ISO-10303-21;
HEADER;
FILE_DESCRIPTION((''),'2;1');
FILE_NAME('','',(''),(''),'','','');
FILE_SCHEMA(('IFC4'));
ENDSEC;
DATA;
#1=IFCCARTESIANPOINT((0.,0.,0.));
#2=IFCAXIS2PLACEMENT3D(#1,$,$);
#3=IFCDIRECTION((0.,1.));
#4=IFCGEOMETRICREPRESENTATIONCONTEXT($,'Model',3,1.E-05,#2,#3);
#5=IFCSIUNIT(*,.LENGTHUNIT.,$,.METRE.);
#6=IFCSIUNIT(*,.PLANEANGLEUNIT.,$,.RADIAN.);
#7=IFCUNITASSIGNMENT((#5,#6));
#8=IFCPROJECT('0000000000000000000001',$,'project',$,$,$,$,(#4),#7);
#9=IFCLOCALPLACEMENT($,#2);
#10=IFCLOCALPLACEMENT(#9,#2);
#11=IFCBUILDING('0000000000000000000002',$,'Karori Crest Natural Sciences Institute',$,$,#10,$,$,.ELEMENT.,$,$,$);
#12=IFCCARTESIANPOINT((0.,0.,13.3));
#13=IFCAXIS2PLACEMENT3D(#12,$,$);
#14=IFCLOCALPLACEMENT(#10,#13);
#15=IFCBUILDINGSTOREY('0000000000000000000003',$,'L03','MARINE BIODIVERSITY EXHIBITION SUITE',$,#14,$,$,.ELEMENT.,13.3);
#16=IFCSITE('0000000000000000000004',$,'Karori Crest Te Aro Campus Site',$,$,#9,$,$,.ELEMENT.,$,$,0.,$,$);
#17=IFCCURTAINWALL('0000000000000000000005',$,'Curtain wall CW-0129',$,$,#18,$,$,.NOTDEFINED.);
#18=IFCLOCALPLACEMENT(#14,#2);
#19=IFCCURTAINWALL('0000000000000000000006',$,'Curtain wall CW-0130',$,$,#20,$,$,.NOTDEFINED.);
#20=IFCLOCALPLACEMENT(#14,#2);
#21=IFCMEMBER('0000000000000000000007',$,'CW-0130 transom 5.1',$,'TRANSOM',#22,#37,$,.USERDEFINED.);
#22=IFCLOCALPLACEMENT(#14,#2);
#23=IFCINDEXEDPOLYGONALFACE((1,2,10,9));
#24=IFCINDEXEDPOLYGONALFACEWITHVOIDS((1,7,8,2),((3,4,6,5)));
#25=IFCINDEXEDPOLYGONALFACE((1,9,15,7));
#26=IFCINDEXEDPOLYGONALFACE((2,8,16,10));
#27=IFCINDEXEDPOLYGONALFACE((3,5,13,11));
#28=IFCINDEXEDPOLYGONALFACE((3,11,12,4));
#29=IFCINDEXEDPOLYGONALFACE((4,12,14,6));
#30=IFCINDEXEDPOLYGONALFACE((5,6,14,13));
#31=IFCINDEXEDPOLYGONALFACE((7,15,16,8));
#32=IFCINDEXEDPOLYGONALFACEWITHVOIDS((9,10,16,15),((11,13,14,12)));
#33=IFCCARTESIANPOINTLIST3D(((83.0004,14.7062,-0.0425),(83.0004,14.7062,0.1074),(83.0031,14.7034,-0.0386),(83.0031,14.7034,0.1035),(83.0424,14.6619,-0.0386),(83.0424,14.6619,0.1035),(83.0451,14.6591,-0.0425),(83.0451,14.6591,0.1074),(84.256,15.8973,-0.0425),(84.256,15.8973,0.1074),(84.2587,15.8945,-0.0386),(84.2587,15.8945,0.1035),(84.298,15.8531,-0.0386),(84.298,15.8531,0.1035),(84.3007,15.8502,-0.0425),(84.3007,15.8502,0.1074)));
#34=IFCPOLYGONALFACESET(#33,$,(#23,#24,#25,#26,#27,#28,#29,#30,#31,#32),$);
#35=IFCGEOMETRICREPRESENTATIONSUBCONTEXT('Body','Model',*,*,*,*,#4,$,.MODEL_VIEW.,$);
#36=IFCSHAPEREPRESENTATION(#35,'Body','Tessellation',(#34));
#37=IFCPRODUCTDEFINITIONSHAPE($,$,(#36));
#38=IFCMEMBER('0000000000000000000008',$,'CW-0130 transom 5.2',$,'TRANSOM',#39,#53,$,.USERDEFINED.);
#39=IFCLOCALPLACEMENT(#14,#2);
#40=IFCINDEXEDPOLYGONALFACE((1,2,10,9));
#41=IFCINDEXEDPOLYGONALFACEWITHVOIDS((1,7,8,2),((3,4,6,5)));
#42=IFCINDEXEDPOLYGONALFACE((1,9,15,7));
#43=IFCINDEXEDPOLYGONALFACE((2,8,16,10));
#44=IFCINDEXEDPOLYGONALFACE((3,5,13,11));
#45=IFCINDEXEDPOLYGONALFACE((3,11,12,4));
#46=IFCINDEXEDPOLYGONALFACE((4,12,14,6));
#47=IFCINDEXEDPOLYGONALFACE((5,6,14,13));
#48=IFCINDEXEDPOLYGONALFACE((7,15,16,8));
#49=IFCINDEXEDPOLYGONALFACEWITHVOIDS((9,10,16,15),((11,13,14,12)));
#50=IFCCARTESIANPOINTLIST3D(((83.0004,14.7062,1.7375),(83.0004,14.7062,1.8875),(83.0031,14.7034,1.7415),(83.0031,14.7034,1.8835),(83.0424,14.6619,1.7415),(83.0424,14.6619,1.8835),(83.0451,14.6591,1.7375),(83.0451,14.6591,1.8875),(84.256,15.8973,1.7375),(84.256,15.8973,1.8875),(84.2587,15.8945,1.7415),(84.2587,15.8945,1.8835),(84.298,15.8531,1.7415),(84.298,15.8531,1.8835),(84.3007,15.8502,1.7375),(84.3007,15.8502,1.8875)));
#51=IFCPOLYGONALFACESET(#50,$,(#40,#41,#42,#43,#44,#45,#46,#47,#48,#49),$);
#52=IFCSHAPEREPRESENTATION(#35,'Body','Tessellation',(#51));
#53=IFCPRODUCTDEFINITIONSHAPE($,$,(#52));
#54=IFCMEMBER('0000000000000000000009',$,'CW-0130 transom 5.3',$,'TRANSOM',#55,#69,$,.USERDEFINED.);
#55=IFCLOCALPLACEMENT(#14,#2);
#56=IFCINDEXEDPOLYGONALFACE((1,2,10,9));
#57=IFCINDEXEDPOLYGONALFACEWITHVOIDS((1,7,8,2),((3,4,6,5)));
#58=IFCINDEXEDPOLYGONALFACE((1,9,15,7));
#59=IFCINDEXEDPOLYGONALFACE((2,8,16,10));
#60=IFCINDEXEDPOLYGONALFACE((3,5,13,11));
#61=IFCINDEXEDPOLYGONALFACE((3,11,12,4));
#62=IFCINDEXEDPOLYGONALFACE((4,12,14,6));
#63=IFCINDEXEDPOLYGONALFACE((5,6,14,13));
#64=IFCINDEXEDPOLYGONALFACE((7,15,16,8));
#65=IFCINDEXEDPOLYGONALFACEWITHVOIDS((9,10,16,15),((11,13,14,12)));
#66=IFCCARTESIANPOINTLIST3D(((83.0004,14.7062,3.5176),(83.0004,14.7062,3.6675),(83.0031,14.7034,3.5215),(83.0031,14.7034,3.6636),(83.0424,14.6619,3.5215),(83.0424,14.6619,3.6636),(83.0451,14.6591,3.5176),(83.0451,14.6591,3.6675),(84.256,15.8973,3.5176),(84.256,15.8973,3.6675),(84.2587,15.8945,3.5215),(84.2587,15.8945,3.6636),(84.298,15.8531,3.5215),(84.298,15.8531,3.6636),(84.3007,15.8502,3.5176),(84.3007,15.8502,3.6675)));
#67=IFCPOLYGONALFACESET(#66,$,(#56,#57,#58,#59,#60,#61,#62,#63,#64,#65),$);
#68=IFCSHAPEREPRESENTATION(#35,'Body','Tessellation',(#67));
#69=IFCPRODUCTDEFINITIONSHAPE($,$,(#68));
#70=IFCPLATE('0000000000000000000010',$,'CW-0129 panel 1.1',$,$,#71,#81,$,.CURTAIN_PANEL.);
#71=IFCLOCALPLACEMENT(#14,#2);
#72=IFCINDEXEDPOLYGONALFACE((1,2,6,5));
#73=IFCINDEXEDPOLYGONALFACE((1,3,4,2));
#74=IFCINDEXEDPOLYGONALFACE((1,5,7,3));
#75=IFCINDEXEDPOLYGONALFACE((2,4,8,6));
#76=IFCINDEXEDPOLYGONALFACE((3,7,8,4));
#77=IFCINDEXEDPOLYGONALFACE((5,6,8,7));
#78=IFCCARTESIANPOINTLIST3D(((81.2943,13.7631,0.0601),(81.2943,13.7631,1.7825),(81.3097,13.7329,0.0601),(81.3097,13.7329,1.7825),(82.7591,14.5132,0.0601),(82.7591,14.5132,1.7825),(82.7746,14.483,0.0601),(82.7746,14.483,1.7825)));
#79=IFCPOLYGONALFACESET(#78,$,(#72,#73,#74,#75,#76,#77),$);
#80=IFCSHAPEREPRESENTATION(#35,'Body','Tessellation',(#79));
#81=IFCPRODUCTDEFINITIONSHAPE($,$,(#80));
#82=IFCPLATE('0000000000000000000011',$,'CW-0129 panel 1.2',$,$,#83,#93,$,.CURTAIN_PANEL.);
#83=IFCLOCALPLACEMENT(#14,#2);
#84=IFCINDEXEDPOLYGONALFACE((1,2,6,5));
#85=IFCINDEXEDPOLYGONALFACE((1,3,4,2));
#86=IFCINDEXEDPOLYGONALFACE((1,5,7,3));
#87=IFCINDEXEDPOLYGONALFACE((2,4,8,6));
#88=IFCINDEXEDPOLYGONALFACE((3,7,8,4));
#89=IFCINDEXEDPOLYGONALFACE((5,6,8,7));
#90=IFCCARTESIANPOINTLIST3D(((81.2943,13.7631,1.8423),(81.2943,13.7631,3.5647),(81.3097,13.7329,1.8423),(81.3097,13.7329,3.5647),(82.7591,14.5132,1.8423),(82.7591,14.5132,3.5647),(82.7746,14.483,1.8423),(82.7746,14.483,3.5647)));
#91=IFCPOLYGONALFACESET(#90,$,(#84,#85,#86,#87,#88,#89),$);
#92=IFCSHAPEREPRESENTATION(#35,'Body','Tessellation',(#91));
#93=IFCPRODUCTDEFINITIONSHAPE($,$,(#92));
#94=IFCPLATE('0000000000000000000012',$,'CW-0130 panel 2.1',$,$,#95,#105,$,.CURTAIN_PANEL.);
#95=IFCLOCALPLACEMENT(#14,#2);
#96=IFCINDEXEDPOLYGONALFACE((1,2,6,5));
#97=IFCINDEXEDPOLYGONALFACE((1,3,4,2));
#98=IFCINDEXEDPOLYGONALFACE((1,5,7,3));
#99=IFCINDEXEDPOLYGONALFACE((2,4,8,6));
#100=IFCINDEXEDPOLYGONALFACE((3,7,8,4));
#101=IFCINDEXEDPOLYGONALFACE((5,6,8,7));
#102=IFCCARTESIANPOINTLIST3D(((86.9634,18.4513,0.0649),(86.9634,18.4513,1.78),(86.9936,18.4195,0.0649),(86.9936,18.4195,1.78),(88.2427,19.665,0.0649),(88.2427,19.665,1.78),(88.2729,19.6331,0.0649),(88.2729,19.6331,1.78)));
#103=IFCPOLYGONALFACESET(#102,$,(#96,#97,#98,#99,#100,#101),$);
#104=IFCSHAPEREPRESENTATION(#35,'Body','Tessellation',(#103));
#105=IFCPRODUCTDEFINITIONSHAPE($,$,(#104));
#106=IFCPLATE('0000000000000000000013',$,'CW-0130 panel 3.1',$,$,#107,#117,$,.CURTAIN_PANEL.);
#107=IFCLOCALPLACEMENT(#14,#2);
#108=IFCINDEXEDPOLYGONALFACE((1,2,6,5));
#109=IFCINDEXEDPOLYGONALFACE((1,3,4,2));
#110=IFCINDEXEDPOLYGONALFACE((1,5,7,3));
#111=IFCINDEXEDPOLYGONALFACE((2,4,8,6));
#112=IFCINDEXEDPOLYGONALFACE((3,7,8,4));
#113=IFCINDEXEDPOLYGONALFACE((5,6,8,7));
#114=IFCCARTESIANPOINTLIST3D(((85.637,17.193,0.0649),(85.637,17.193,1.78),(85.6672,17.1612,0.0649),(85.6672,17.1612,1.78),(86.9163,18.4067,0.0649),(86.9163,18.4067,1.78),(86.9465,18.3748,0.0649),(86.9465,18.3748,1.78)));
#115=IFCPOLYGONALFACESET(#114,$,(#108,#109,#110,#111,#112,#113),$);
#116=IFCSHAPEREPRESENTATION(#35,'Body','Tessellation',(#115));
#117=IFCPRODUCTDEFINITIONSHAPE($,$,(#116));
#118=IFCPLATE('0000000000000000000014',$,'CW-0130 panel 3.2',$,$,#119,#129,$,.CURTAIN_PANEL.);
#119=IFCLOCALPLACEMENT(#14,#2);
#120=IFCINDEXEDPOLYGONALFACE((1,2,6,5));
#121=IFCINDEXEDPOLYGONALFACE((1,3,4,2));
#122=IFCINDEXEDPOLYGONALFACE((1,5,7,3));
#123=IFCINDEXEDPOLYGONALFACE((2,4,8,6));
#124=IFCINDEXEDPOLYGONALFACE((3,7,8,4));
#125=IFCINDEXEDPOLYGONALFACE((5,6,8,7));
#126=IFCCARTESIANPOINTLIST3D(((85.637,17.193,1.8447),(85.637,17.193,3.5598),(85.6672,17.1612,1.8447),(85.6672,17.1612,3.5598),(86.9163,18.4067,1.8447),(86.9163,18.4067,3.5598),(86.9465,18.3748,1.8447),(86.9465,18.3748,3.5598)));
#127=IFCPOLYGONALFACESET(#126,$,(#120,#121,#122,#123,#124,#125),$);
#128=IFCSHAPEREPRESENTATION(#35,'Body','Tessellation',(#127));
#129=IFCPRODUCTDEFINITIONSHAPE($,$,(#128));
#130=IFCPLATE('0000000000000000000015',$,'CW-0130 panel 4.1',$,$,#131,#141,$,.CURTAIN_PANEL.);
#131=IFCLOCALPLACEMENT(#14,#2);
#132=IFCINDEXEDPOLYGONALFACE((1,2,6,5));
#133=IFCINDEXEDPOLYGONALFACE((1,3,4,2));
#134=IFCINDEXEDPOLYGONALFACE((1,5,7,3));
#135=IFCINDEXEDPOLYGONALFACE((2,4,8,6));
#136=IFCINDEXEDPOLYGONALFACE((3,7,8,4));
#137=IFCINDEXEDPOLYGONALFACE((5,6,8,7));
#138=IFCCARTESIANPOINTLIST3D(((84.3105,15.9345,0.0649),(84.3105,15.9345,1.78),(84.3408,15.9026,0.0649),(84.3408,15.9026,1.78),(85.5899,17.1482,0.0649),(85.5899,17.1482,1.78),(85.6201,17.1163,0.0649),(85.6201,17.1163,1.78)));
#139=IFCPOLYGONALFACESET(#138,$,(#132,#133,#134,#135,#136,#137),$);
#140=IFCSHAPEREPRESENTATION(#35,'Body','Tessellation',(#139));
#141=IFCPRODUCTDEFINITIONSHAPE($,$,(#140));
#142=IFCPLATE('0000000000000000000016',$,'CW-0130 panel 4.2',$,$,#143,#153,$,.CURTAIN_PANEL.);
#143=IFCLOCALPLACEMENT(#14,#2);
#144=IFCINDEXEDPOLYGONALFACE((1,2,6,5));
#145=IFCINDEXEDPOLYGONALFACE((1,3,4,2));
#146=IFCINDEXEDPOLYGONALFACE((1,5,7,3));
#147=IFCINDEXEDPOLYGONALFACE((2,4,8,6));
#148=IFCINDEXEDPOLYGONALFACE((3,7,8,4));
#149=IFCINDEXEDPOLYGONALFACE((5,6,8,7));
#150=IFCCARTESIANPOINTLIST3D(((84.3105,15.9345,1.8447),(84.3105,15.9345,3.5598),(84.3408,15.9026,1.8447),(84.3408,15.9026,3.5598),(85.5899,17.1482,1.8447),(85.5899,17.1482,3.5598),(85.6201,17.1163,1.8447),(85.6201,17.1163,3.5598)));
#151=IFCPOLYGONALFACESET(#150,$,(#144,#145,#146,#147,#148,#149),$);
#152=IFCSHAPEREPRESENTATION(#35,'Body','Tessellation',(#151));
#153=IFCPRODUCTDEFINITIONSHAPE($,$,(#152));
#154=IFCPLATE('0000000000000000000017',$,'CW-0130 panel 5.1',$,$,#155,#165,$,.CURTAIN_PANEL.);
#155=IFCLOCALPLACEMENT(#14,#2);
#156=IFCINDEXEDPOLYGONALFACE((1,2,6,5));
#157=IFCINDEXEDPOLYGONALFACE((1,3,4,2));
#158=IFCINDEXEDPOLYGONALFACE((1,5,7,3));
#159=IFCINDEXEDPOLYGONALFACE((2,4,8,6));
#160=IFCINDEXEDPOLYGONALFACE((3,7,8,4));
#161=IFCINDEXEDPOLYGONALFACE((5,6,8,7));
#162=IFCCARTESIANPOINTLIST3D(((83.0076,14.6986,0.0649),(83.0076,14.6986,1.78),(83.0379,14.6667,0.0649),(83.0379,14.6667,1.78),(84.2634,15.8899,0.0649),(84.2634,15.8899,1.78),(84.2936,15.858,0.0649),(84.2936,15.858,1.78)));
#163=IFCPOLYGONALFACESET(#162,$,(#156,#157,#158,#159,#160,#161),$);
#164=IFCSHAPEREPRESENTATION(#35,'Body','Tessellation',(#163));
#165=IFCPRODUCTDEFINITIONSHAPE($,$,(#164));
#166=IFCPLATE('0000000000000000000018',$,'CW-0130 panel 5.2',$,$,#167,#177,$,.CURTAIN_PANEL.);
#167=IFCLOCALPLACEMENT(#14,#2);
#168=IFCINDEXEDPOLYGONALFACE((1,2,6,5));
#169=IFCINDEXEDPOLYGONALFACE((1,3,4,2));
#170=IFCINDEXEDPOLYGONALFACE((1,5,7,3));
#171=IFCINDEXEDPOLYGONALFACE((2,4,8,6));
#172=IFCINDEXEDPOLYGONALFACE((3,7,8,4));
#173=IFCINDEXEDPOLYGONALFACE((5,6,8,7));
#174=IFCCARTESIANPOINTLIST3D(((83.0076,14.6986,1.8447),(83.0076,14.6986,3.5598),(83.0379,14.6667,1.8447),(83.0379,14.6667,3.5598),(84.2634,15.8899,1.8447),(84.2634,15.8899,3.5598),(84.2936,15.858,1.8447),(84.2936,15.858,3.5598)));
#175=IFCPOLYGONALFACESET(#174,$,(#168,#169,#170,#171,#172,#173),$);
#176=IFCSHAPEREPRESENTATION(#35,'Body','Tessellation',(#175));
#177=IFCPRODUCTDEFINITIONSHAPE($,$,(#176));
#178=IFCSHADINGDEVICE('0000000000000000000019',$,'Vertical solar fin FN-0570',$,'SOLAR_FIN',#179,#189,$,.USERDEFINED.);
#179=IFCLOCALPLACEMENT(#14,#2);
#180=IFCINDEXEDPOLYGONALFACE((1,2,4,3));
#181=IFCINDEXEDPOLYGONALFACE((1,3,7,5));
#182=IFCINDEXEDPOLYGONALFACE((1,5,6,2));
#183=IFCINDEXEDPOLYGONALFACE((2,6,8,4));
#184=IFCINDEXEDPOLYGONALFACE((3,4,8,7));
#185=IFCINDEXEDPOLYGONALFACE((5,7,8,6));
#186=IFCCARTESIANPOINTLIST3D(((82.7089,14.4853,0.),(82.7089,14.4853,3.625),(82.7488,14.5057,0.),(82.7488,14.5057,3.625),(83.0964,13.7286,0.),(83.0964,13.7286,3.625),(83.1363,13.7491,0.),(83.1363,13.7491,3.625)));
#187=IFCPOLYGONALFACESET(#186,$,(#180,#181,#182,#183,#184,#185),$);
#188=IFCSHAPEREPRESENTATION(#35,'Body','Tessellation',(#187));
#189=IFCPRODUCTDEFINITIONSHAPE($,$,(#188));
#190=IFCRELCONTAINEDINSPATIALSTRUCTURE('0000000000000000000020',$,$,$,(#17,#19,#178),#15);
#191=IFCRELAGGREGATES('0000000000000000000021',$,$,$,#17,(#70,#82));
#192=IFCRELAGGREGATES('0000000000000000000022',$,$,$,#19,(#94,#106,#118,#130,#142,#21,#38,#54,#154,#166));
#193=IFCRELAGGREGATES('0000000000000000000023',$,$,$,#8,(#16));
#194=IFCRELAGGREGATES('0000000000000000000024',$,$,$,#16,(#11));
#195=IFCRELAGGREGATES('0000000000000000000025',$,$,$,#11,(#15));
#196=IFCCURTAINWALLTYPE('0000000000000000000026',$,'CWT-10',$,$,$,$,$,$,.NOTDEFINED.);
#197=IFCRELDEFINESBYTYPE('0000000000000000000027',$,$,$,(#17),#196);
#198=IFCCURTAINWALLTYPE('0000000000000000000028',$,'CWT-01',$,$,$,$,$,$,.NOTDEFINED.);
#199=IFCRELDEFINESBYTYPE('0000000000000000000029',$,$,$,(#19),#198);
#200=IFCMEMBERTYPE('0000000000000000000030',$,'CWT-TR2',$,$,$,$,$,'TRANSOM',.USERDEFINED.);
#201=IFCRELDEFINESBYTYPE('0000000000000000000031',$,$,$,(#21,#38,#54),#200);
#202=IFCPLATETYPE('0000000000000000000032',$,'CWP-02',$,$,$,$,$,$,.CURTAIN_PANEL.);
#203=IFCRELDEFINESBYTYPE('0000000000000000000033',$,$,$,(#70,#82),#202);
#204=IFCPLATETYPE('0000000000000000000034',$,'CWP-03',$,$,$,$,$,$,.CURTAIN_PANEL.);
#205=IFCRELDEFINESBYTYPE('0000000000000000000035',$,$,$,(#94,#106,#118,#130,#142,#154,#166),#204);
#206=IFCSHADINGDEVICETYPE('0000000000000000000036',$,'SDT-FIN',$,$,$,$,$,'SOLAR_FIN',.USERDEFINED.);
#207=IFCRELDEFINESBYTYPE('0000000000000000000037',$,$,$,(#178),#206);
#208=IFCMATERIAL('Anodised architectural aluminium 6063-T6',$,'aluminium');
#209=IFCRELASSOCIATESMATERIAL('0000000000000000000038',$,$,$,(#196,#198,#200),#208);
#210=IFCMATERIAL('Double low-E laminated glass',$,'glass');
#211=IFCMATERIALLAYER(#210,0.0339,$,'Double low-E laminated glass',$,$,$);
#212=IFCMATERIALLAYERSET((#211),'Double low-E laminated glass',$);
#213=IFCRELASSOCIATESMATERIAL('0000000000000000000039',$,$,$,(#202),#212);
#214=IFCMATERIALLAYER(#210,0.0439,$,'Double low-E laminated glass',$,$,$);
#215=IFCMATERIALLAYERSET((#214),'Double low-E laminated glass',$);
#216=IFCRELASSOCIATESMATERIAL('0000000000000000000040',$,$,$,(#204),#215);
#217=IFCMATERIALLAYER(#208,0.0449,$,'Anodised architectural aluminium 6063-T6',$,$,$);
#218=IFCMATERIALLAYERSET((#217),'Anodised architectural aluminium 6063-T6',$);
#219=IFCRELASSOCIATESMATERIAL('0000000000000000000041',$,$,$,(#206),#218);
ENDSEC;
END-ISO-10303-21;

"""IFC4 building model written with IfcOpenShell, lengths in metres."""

from ifc_helpers import new_model, si_unit, direction, frame, origin, origin_2d, place, context, subcontext, project, spatial, rectangle, hollow_rectangle, extrude, material, layer, layer_set, material_profile, profile_set, type_object, element, aggregate, save


model = new_model("IFC4")

# Units and contexts
model_context = context("Model", 3, precision=1e-05, world=origin(), true_north=direction((0.0, 1.0)))
body_context = subcontext(model_context, "Body", "Model", "MODEL_VIEW")
ifc_project = project(units=[si_unit("LENGTHUNIT", "METRE"), si_unit("PLANEANGLEUNIT", "RADIAN")], contexts=[model_context])

# Site, building, storey
site_placement = place(None, origin())
site = spatial("IfcSite", under=ifc_project, at=site_placement, Name="Karori Crest Te Aro Campus Site", CompositionType="ELEMENT", RefElevation=0.0)
building_placement = place(site_placement, origin())
building = spatial("IfcBuilding", under=site, at=building_placement, Name="Karori Crest Natural Sciences Institute", CompositionType="ELEMENT")
storey_placement = place(building_placement, frame((0.0, 0.0, 13.3)))
storey = spatial("IfcBuildingStorey", under=building, at=storey_placement, Name="L03", Description="MARINE BIODIVERSITY EXHIBITION SUITE", CompositionType="ELEMENT", Elevation=13.3)

# Curtain walls
ifc_material_1 = material(Name="Anodised architectural aluminium 6063-T6", Category="aluminium")
curtain_wall_type_1 = type_object("IfcCurtainWallType", Name="CWT-10", PredefinedType="NOTDEFINED", material=ifc_material_1)
curtain_wall_1_placement = place(storey_placement, origin())
curtain_wall_1 = element("IfcCurtainWall", 1, at=curtain_wall_1_placement, inside=storey, type_object=curtain_wall_type_1, Name="Curtain wall CW-0129", PredefinedType="NOTDEFINED")
curtain_wall_type_2 = type_object("IfcCurtainWallType", Name="CWT-01", PredefinedType="NOTDEFINED", material=ifc_material_1)
curtain_wall_2_placement = place(storey_placement, origin())
curtain_wall_2 = element("IfcCurtainWall", 2, at=curtain_wall_2_placement, inside=storey, type_object=curtain_wall_type_2, Name="Curtain wall CW-0130", PredefinedType="NOTDEFINED")

# Members
ifc_material_profile_1 = material_profile(ifc_material_1, hollow_rectangle(XDim=0.0649, YDim=0.1499, WallThickness=0.0039, at=origin_2d()), Name="CWT150x65x4")
ifc_profile_set_1 = profile_set([ifc_material_profile_1], Name="Anodised architectural aluminium 6063-T6")
member_type_1 = type_object("IfcMemberType", Name="CWT-TR2", ElementType="TRANSOM", PredefinedType="USERDEFINED", material=ifc_profile_set_1)
member_1_placement = place(storey_placement, frame((84.2783, 15.8738, 0.0325), z_axis=(-0.725482, -0.688241, 0.0), x_axis=(0.688241, -0.725482, 0.0)))
member_1 = element("IfcMember", 3, at=member_1_placement, type_object=member_type_1, Name="CW-0130 transom 5.1", ObjectType="TRANSOM", PredefinedType="USERDEFINED", context=body_context, shape_type="SweptSolid", body=[
    extrude(hollow_rectangle(XDim=0.0649, YDim=0.1499, WallThickness=0.0039, at=origin_2d()), origin(), (0.0, 0.0, 1.0), 1.7307),
])
member_2_placement = place(storey_placement, frame((84.2783, 15.8738, 1.8125), z_axis=(-0.725482, -0.688241, 0.0), x_axis=(0.688241, -0.725482, 0.0)))
member_2 = element("IfcMember", 4, at=member_2_placement, type_object=member_type_1, Name="CW-0130 transom 5.2", ObjectType="TRANSOM", PredefinedType="USERDEFINED", context=body_context, shape_type="SweptSolid", body=[
    extrude(hollow_rectangle(XDim=0.0649, YDim=0.1499, WallThickness=0.0039, at=origin_2d()), origin(), (0.0, 0.0, 1.0), 1.7307),
])
member_3_placement = place(storey_placement, frame((84.2783, 15.8738, 3.5925), z_axis=(-0.725482, -0.688241, 0.0), x_axis=(0.688241, -0.725482, 0.0)))
member_3 = element("IfcMember", 5, at=member_3_placement, type_object=member_type_1, Name="CW-0130 transom 5.3", ObjectType="TRANSOM", PredefinedType="USERDEFINED", context=body_context, shape_type="SweptSolid", body=[
    extrude(hollow_rectangle(XDim=0.0649, YDim=0.1499, WallThickness=0.0039, at=origin_2d()), origin(), (0.0, 0.0, 1.0), 1.7307),
])

# Plates
ifc_material_2 = material(Name="Double low-E laminated glass", Category="glass")
ifc_layer_1 = layer(ifc_material_2, 0.0339, Name="Double low-E laminated glass")
ifc_layer_set_1 = layer_set([ifc_layer_1], Name="Double low-E laminated glass")
plate_type_1 = type_object("IfcPlateType", Name="CWP-02", PredefinedType="CURTAIN_PANEL", material=ifc_layer_set_1)
plate_1_placement = place(storey_placement, frame((82.0344, 14.123, 0.0601), z_axis=(0.0, 0.0, 1.0), x_axis=(-0.890067, -0.455829, 0.0)))
plate_1 = element("IfcPlate", 6, at=plate_1_placement, type_object=plate_type_1, Name="CW-0129 panel 1.1", PredefinedType="CURTAIN_PANEL", context=body_context, shape_type="SweptSolid", body=[
    extrude(rectangle(XDim=1.6458, YDim=0.0339, at=origin_2d()), origin(), (0.0, 0.0, 1.0), 1.7224),
])
plate_2_placement = place(storey_placement, frame((82.0344, 14.123, 1.8423), z_axis=(0.0, 0.0, 1.0), x_axis=(-0.890067, -0.455829, 0.0)))
plate_2 = element("IfcPlate", 7, at=plate_2_placement, type_object=plate_type_1, Name="CW-0129 panel 1.2", PredefinedType="CURTAIN_PANEL", context=body_context, shape_type="SweptSolid", body=[
    extrude(rectangle(XDim=1.6458, YDim=0.0339, at=origin_2d()), origin(), (0.0, 0.0, 1.0), 1.7224),
])
aggregate(curtain_wall_1, [plate_1, plate_2])
ifc_layer_2 = layer(ifc_material_2, 0.0439, Name="Double low-E laminated glass")
ifc_layer_set_2 = layer_set([ifc_layer_2], Name="Double low-E laminated glass")
plate_type_2 = type_object("IfcPlateType", Name="CWP-03", PredefinedType="CURTAIN_PANEL", material=ifc_layer_set_2)
plate_3_placement = place(storey_placement, frame((87.6182, 19.0422, 0.0649), z_axis=(0.0, 0.0, 1.0), x_axis=(-0.725473, -0.688251, 0.0)))
plate_3 = element("IfcPlate", 8, at=plate_3_placement, type_object=plate_type_2, Name="CW-0130 panel 2.1", PredefinedType="CURTAIN_PANEL", context=body_context, shape_type="SweptSolid", body=[
    extrude(rectangle(XDim=1.7634, YDim=0.0439, at=origin_2d()), origin(), (0.0, 0.0, 1.0), 1.7151),
])
plate_4_placement = place(storey_placement, frame((86.2917, 17.7839, 0.0649), z_axis=(0.0, 0.0, 1.0), x_axis=(-0.725473, -0.688251, 0.0)))
plate_4 = element("IfcPlate", 9, at=plate_4_placement, type_object=plate_type_2, Name="CW-0130 panel 3.1", PredefinedType="CURTAIN_PANEL", context=body_context, shape_type="SweptSolid", body=[
    extrude(rectangle(XDim=1.7634, YDim=0.0439, at=origin_2d()), origin(), (0.0, 0.0, 1.0), 1.7151),
])
plate_5_placement = place(storey_placement, frame((86.2917, 17.7839, 1.8447), z_axis=(0.0, 0.0, 1.0), x_axis=(-0.725473, -0.688251, 0.0)))
plate_5 = element("IfcPlate", 10, at=plate_5_placement, type_object=plate_type_2, Name="CW-0130 panel 3.2", PredefinedType="CURTAIN_PANEL", context=body_context, shape_type="SweptSolid", body=[
    extrude(rectangle(XDim=1.7634, YDim=0.0439, at=origin_2d()), origin(), (0.0, 0.0, 1.0), 1.7151),
])
plate_6_placement = place(storey_placement, frame((84.9653, 16.5254, 0.0649), z_axis=(0.0, 0.0, 1.0), x_axis=(-0.725473, -0.688251, 0.0)))
plate_6 = element("IfcPlate", 11, at=plate_6_placement, type_object=plate_type_2, Name="CW-0130 panel 4.1", PredefinedType="CURTAIN_PANEL", context=body_context, shape_type="SweptSolid", body=[
    extrude(rectangle(XDim=1.7634, YDim=0.0439, at=origin_2d()), origin(), (0.0, 0.0, 1.0), 1.7151),
])
plate_7_placement = place(storey_placement, frame((84.9653, 16.5254, 1.8447), z_axis=(0.0, 0.0, 1.0), x_axis=(-0.725473, -0.688251, 0.0)))
plate_7 = element("IfcPlate", 12, at=plate_7_placement, type_object=plate_type_2, Name="CW-0130 panel 4.2", PredefinedType="CURTAIN_PANEL", context=body_context, shape_type="SweptSolid", body=[
    extrude(rectangle(XDim=1.7634, YDim=0.0439, at=origin_2d()), origin(), (0.0, 0.0, 1.0), 1.7151),
])
plate_8_placement = place(storey_placement, frame((83.6506, 15.2783, 0.0649), z_axis=(0.0, 0.0, 1.0), x_axis=(-0.725473, -0.688251, 0.0)))
plate_8 = element("IfcPlate", 13, at=plate_8_placement, type_object=plate_type_2, Name="CW-0130 panel 5.1", PredefinedType="CURTAIN_PANEL", context=body_context, shape_type="SweptSolid", body=[
    extrude(rectangle(XDim=1.731, YDim=0.0439, at=origin_2d()), origin(), (0.0, 0.0, 1.0), 1.7151),
])
plate_9_placement = place(storey_placement, frame((83.6506, 15.2783, 1.8447), z_axis=(0.0, 0.0, 1.0), x_axis=(-0.725473, -0.688251, 0.0)))
plate_9 = element("IfcPlate", 14, at=plate_9_placement, type_object=plate_type_2, Name="CW-0130 panel 5.2", PredefinedType="CURTAIN_PANEL", context=body_context, shape_type="SweptSolid", body=[
    extrude(rectangle(XDim=1.731, YDim=0.0439, at=origin_2d()), origin(), (0.0, 0.0, 1.0), 1.7151),
])
aggregate(curtain_wall_2, [plate_3, plate_4, plate_5, plate_6, plate_7, member_1, member_2, member_3, plate_8, plate_9])

# Shading device
ifc_layer_3 = layer(ifc_material_1, 0.0449, Name="Anodised architectural aluminium 6063-T6")
ifc_layer_set_3 = layer_set([ifc_layer_3], Name="Anodised architectural aluminium 6063-T6")
shading_device_type = type_object("IfcShadingDeviceType", Name="SDT-FIN", ElementType="SOLAR_FIN", PredefinedType="USERDEFINED", material=ifc_layer_set_3)
for number, where, z_axis, x_axis, name in (
    (15, (82.9226, 14.1172, 0.0), (0.0, 0.0, 1.0), (0.455829, -0.890067, 0.0), "Vertical solar fin FN-0570"),
):
    element("IfcShadingDevice", number, at=place(storey_placement, frame(where, z_axis=z_axis, x_axis=x_axis)), inside=storey, type_object=shading_device_type, Name=name, ObjectType="SOLAR_FIN", PredefinedType="USERDEFINED", context=body_context, shape_type="SweptSolid", body=[
        extrude(rectangle(XDim=0.8501, YDim=0.0449, at=origin_2d()), origin(), (0.0, 0.0, 1.0), 3.625),
    ])

save(model, "model.ifc")
